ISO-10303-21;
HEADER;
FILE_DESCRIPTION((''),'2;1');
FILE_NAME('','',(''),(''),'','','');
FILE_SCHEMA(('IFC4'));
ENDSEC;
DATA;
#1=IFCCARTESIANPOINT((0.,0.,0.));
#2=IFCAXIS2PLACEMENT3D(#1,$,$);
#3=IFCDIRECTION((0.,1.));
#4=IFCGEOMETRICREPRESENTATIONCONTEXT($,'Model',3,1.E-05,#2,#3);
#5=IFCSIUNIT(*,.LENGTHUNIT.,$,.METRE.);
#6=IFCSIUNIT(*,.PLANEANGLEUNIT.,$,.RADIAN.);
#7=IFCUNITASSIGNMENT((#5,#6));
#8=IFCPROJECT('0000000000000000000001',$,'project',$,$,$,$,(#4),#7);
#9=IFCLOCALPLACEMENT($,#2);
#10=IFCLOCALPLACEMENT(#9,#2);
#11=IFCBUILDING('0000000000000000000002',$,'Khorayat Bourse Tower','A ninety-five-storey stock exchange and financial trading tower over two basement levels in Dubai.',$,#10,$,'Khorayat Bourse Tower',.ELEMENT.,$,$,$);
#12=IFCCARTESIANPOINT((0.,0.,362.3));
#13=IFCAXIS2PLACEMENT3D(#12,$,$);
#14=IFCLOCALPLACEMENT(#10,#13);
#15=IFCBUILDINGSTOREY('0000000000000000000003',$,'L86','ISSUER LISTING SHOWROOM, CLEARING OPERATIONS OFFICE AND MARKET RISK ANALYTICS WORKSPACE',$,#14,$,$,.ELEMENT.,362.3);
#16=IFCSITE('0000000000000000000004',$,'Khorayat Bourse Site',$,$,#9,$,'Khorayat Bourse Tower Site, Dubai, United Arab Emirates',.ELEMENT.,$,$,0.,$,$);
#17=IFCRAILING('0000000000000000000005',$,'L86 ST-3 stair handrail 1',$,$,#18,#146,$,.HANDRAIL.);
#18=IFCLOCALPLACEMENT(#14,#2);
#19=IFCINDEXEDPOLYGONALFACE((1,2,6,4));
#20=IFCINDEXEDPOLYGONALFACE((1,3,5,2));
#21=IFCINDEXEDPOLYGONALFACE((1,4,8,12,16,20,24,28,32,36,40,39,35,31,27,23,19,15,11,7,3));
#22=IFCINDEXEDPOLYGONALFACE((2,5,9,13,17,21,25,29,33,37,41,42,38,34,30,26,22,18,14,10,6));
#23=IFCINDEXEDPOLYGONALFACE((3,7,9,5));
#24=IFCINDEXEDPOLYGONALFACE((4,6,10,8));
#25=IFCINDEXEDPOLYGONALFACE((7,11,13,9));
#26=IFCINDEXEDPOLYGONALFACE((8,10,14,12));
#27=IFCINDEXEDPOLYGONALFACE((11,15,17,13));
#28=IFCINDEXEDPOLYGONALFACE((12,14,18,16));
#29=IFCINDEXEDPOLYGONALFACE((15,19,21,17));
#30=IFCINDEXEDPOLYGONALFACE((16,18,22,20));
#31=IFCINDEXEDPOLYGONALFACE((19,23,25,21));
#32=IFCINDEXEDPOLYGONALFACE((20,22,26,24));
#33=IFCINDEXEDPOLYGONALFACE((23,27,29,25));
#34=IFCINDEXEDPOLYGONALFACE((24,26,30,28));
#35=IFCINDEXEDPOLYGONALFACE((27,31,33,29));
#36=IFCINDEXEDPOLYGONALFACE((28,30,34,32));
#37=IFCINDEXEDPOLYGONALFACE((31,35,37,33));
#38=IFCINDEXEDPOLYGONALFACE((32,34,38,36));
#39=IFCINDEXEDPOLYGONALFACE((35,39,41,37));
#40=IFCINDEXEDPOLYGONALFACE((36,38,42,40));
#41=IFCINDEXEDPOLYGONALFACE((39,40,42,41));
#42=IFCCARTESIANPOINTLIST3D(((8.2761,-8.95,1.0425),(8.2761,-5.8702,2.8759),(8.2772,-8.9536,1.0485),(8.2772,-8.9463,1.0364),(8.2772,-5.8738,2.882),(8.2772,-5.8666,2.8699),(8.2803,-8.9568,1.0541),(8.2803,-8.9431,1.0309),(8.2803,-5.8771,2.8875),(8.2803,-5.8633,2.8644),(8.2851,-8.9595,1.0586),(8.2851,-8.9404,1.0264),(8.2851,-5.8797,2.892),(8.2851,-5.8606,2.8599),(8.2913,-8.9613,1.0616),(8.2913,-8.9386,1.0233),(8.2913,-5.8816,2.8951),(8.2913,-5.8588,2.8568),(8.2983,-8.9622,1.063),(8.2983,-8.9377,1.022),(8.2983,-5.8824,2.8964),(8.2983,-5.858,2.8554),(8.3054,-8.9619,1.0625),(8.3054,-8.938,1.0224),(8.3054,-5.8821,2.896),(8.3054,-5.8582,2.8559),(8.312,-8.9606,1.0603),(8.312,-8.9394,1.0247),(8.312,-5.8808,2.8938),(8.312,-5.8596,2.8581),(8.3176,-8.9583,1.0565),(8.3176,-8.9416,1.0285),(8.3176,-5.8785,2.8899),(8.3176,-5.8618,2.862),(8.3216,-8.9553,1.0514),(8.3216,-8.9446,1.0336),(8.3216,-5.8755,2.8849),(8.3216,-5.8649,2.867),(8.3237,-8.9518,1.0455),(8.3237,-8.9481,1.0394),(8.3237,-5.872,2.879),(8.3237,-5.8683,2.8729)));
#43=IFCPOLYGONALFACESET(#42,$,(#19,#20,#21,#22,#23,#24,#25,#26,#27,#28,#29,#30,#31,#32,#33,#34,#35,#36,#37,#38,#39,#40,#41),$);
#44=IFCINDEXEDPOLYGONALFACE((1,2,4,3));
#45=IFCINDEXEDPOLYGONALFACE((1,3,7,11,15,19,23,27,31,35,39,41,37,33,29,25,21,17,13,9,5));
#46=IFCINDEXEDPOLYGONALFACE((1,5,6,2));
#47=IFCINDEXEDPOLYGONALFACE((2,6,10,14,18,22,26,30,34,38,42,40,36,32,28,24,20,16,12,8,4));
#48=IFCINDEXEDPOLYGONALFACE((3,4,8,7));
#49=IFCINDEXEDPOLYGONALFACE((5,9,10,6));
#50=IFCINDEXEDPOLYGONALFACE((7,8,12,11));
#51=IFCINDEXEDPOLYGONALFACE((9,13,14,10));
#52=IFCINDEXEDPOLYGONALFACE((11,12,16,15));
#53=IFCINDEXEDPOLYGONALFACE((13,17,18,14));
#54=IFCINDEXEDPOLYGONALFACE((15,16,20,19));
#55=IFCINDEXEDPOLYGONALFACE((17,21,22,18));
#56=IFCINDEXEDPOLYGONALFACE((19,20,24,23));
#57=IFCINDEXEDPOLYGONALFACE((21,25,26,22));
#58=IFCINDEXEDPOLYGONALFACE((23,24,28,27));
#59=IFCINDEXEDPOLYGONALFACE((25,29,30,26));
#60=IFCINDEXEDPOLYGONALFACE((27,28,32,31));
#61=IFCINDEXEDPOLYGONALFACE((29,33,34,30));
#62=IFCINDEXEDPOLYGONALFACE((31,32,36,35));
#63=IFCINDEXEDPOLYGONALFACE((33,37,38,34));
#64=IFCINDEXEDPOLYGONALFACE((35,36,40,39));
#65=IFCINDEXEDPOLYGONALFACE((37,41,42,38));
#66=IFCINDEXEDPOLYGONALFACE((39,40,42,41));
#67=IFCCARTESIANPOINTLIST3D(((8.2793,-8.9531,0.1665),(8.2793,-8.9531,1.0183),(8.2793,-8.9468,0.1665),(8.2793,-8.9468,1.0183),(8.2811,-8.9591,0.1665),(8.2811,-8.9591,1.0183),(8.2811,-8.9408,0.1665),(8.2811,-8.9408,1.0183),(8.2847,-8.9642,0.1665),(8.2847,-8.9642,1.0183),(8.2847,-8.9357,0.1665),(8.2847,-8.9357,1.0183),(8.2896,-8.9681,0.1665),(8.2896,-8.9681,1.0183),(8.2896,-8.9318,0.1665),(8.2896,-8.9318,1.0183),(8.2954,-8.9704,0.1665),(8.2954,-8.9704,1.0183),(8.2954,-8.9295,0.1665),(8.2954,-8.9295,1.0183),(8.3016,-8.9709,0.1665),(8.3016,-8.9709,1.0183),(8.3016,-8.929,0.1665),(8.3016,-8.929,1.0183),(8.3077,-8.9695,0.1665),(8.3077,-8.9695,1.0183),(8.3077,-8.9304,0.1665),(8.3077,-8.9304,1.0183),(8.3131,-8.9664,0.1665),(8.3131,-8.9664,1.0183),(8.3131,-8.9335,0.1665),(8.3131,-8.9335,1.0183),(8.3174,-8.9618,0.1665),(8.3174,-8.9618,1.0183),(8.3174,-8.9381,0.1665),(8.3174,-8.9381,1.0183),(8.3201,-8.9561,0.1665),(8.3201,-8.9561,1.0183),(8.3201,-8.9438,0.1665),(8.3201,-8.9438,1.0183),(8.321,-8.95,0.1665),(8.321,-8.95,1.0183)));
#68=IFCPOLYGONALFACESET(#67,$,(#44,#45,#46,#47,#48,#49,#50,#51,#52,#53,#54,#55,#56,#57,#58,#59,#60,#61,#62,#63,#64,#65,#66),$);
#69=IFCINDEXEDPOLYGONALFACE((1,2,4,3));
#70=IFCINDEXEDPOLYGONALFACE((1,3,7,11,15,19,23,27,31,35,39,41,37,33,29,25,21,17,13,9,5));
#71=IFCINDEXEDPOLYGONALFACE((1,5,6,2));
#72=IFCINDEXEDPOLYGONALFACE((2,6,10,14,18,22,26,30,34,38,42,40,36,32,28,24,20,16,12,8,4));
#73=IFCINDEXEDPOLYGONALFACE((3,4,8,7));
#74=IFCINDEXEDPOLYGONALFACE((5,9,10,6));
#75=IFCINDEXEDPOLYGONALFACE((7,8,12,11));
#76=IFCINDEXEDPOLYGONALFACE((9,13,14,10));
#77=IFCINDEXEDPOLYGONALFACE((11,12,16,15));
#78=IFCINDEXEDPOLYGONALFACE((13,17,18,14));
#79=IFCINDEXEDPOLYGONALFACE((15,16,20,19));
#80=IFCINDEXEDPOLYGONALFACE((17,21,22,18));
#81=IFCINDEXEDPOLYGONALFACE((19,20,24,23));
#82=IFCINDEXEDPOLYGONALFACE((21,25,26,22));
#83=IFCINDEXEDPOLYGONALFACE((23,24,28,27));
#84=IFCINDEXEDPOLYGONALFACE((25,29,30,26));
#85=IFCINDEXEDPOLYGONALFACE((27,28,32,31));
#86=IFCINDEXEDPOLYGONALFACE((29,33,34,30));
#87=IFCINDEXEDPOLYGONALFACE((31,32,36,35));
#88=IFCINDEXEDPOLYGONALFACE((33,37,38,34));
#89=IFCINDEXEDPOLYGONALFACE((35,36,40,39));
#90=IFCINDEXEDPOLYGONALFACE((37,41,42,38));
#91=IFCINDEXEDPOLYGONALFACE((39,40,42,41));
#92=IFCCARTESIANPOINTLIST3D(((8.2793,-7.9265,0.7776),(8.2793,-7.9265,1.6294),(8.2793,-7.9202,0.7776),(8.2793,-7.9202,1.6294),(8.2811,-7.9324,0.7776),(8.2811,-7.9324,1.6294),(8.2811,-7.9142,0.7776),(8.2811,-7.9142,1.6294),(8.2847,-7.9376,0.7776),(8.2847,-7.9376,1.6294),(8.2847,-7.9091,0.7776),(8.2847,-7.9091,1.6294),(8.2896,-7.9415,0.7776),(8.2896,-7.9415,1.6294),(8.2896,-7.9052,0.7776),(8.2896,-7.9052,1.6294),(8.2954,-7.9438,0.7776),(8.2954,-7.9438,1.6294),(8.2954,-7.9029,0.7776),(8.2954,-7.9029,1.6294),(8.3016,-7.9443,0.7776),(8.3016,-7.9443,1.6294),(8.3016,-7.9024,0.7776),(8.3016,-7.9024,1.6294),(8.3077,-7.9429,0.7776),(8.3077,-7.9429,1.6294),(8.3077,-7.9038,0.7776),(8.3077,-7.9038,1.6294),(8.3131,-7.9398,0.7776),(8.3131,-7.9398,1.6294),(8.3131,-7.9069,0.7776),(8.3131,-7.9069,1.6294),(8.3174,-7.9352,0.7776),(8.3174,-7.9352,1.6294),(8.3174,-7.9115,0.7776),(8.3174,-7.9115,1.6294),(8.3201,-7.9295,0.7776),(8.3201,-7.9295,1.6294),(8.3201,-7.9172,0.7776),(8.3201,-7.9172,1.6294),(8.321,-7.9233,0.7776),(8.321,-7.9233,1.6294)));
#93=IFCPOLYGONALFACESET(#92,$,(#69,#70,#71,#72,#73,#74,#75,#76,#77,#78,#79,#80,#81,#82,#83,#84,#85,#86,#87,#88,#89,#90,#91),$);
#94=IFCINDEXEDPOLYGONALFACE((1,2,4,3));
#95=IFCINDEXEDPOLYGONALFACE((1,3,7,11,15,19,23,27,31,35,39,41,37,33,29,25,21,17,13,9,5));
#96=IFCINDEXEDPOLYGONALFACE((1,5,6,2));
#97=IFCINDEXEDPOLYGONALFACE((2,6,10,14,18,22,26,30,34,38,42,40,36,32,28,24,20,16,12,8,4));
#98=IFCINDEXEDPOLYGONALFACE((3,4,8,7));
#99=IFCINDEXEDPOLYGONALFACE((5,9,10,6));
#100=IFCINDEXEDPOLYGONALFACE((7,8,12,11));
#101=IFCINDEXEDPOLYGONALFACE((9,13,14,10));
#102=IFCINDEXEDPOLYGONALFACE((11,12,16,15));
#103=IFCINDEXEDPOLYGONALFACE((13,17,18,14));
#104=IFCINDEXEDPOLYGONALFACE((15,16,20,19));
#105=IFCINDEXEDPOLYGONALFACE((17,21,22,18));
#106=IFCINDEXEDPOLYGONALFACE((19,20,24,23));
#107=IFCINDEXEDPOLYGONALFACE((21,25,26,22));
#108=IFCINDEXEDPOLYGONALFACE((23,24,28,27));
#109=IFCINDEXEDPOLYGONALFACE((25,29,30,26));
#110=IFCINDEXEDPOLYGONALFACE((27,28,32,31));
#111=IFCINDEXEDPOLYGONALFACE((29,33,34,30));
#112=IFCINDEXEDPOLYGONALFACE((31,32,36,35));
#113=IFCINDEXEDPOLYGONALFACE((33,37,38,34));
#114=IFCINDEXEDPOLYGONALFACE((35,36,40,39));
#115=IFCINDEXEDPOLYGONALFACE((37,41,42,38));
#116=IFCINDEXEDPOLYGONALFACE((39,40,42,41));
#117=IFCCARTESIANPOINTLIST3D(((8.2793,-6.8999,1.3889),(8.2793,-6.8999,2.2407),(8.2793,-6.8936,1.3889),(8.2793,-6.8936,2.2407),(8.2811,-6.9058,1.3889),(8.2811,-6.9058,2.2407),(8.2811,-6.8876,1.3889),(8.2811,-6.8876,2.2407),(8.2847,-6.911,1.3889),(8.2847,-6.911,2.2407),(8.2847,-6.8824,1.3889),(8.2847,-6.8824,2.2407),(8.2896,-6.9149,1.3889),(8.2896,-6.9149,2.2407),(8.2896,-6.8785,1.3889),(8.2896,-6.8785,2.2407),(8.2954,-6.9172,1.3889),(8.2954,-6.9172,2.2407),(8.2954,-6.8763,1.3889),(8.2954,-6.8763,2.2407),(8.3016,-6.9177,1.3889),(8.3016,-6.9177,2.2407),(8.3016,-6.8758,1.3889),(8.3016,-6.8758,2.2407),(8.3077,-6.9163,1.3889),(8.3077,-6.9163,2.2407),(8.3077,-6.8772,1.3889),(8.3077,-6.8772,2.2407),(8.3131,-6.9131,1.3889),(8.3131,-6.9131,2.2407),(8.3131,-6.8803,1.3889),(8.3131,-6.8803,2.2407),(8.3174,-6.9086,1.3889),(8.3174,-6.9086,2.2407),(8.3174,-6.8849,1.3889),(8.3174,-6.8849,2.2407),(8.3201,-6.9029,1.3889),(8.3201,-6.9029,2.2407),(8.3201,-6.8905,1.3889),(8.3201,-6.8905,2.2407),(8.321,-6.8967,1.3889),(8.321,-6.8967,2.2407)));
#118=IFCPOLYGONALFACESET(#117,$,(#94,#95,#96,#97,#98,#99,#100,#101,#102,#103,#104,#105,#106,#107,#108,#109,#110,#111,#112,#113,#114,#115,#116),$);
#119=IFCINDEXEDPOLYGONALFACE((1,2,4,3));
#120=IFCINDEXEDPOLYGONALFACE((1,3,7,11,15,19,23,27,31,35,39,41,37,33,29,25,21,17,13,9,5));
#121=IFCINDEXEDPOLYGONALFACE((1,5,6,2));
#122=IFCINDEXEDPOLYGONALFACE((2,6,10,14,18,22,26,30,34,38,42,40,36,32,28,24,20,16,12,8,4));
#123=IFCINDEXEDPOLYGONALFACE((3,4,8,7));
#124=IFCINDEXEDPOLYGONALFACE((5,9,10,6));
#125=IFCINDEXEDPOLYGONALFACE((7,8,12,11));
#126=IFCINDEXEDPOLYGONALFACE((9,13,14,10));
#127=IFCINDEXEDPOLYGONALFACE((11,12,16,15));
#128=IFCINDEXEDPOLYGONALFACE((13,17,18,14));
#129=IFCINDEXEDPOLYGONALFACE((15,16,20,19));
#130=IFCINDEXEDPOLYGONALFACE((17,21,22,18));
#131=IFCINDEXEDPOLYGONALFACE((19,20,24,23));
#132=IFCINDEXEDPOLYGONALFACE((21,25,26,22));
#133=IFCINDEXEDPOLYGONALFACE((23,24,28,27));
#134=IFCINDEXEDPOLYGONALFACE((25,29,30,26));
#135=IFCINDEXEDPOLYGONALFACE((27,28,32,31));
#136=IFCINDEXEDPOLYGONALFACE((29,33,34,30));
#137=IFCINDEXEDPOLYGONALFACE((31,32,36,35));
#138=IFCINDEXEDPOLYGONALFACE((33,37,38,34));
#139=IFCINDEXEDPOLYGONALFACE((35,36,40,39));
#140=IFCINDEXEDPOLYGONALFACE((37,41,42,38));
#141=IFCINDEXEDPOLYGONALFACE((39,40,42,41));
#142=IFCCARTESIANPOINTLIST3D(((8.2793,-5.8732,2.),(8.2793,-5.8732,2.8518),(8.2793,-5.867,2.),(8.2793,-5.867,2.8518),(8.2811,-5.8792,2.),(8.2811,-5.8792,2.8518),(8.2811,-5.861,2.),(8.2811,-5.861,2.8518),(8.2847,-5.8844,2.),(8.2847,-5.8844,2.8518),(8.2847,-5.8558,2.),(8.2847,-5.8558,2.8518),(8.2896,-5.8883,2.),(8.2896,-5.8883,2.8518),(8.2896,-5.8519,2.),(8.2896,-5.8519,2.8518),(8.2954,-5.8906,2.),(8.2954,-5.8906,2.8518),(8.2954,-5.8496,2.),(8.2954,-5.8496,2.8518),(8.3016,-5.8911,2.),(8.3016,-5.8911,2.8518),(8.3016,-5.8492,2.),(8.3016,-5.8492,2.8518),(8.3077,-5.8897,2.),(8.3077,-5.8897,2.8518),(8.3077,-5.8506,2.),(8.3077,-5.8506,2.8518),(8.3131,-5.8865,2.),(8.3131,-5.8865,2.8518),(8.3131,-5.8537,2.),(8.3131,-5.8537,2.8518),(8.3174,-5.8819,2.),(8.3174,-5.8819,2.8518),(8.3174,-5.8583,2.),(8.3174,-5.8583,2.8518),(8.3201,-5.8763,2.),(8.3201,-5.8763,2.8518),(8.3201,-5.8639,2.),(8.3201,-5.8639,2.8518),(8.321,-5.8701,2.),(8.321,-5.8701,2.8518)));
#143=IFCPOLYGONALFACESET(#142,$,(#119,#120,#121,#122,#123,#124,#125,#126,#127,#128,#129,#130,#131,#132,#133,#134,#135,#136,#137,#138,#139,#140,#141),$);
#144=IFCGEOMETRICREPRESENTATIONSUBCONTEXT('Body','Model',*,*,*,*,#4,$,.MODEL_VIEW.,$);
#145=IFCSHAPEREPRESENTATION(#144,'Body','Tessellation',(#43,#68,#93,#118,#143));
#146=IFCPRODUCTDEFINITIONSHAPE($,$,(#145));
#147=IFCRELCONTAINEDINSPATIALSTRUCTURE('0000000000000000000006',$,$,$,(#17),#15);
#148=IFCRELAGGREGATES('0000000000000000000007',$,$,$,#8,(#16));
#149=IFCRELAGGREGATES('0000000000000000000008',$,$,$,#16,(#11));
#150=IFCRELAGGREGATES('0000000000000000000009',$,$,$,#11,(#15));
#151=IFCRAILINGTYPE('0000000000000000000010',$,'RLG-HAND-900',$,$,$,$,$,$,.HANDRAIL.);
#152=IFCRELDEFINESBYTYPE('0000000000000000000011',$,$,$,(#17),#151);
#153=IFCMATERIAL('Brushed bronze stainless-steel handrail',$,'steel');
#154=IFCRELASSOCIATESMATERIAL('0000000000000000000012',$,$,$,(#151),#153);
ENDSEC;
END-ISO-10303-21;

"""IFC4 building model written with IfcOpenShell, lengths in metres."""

from ifc_helpers import new_model, si_unit, direction, frame, origin, origin_2d, place, context, subcontext, project, spatial, circle, extrude, source, transform, mapped, material, type_object, element, save


model = new_model("IFC4")

# Units and contexts
model_context = context("Model", 3, precision=1e-05, world=origin(), true_north=direction((0.0, 1.0)))
body_context = subcontext(model_context, "Body", "Model", "MODEL_VIEW")
ifc_project = project(units=[si_unit("LENGTHUNIT", "METRE"), si_unit("PLANEANGLEUNIT", "RADIAN")], contexts=[model_context])

# Site, building, storey
site_placement = place(None, origin())
site = spatial("IfcSite", under=ifc_project, at=site_placement, Name="Khorayat Bourse Site", LongName="Khorayat Bourse Tower Site, Dubai, United Arab Emirates", CompositionType="ELEMENT", RefElevation=0.0)
building_placement = place(site_placement, origin())
building = spatial("IfcBuilding", under=site, at=building_placement, Name="Khorayat Bourse Tower", Description="A ninety-five-storey stock exchange and financial trading tower over two basement levels in Dubai.", LongName="Khorayat Bourse Tower", CompositionType="ELEMENT")
storey_placement = place(building_placement, frame((0.0, 0.0, 362.3)))
storey = spatial("IfcBuildingStorey", under=building, at=storey_placement, Name="L86", Description="ISSUER LISTING SHOWROOM, CLEARING OPERATIONS OFFICE AND MARKET RISK ANALYTICS WORKSPACE", CompositionType="ELEMENT", Elevation=362.3)

# Railing
ifc_material_1 = material(Name="Brushed bronze stainless-steel handrail", Category="steel")
railing_type_1 = type_object("IfcRailingType", Name="RLG-HAND-900", PredefinedType="HANDRAIL", material=ifc_material_1)
shared_shape_1 = source(origin(), body_context, "Body", "SweptSolid", [
    extrude(circle(Radius=0.0239, at=origin_2d()), frame((0.0, 0.0, 0.876), z_axis=(0.0, 0.859261, 0.511538), x_axis=(-1.0, 0.0, 0.0)), (0.0, 0.0, 1.0), 3.5842),
    extrude(circle(Radius=0.021, at=origin_2d()), origin(), (0.0, 0.0, 1.0), 0.8518),
    extrude(circle(Radius=0.021, at=origin_2d()), frame((0.0, 1.0266, 0.6111)), (0.0, 0.0, 1.0), 0.8518),
    extrude(circle(Radius=0.021, at=origin_2d()), frame((0.0, 2.0532, 1.2224)), (0.0, 0.0, 1.0), 0.8518),
    extrude(circle(Radius=0.021, at=origin_2d()), frame((0.0, 3.0798, 1.8335)), (0.0, 0.0, 1.0), 0.8518),
])
railing_1_placement = place(storey_placement, frame((8.3, -8.95, 0.1665)))
element("IfcRailing", 1, at=railing_1_placement, inside=storey, type_object=railing_type_1, Name="L86 ST-3 stair handrail 1", PredefinedType="HANDRAIL", context=body_context, shape_type="MappedRepresentation", body=[
    mapped(shared_shape_1, transform((0.0, 0.0, 0.0), scale=1.0)),
])

save(model, "model.ifc")
